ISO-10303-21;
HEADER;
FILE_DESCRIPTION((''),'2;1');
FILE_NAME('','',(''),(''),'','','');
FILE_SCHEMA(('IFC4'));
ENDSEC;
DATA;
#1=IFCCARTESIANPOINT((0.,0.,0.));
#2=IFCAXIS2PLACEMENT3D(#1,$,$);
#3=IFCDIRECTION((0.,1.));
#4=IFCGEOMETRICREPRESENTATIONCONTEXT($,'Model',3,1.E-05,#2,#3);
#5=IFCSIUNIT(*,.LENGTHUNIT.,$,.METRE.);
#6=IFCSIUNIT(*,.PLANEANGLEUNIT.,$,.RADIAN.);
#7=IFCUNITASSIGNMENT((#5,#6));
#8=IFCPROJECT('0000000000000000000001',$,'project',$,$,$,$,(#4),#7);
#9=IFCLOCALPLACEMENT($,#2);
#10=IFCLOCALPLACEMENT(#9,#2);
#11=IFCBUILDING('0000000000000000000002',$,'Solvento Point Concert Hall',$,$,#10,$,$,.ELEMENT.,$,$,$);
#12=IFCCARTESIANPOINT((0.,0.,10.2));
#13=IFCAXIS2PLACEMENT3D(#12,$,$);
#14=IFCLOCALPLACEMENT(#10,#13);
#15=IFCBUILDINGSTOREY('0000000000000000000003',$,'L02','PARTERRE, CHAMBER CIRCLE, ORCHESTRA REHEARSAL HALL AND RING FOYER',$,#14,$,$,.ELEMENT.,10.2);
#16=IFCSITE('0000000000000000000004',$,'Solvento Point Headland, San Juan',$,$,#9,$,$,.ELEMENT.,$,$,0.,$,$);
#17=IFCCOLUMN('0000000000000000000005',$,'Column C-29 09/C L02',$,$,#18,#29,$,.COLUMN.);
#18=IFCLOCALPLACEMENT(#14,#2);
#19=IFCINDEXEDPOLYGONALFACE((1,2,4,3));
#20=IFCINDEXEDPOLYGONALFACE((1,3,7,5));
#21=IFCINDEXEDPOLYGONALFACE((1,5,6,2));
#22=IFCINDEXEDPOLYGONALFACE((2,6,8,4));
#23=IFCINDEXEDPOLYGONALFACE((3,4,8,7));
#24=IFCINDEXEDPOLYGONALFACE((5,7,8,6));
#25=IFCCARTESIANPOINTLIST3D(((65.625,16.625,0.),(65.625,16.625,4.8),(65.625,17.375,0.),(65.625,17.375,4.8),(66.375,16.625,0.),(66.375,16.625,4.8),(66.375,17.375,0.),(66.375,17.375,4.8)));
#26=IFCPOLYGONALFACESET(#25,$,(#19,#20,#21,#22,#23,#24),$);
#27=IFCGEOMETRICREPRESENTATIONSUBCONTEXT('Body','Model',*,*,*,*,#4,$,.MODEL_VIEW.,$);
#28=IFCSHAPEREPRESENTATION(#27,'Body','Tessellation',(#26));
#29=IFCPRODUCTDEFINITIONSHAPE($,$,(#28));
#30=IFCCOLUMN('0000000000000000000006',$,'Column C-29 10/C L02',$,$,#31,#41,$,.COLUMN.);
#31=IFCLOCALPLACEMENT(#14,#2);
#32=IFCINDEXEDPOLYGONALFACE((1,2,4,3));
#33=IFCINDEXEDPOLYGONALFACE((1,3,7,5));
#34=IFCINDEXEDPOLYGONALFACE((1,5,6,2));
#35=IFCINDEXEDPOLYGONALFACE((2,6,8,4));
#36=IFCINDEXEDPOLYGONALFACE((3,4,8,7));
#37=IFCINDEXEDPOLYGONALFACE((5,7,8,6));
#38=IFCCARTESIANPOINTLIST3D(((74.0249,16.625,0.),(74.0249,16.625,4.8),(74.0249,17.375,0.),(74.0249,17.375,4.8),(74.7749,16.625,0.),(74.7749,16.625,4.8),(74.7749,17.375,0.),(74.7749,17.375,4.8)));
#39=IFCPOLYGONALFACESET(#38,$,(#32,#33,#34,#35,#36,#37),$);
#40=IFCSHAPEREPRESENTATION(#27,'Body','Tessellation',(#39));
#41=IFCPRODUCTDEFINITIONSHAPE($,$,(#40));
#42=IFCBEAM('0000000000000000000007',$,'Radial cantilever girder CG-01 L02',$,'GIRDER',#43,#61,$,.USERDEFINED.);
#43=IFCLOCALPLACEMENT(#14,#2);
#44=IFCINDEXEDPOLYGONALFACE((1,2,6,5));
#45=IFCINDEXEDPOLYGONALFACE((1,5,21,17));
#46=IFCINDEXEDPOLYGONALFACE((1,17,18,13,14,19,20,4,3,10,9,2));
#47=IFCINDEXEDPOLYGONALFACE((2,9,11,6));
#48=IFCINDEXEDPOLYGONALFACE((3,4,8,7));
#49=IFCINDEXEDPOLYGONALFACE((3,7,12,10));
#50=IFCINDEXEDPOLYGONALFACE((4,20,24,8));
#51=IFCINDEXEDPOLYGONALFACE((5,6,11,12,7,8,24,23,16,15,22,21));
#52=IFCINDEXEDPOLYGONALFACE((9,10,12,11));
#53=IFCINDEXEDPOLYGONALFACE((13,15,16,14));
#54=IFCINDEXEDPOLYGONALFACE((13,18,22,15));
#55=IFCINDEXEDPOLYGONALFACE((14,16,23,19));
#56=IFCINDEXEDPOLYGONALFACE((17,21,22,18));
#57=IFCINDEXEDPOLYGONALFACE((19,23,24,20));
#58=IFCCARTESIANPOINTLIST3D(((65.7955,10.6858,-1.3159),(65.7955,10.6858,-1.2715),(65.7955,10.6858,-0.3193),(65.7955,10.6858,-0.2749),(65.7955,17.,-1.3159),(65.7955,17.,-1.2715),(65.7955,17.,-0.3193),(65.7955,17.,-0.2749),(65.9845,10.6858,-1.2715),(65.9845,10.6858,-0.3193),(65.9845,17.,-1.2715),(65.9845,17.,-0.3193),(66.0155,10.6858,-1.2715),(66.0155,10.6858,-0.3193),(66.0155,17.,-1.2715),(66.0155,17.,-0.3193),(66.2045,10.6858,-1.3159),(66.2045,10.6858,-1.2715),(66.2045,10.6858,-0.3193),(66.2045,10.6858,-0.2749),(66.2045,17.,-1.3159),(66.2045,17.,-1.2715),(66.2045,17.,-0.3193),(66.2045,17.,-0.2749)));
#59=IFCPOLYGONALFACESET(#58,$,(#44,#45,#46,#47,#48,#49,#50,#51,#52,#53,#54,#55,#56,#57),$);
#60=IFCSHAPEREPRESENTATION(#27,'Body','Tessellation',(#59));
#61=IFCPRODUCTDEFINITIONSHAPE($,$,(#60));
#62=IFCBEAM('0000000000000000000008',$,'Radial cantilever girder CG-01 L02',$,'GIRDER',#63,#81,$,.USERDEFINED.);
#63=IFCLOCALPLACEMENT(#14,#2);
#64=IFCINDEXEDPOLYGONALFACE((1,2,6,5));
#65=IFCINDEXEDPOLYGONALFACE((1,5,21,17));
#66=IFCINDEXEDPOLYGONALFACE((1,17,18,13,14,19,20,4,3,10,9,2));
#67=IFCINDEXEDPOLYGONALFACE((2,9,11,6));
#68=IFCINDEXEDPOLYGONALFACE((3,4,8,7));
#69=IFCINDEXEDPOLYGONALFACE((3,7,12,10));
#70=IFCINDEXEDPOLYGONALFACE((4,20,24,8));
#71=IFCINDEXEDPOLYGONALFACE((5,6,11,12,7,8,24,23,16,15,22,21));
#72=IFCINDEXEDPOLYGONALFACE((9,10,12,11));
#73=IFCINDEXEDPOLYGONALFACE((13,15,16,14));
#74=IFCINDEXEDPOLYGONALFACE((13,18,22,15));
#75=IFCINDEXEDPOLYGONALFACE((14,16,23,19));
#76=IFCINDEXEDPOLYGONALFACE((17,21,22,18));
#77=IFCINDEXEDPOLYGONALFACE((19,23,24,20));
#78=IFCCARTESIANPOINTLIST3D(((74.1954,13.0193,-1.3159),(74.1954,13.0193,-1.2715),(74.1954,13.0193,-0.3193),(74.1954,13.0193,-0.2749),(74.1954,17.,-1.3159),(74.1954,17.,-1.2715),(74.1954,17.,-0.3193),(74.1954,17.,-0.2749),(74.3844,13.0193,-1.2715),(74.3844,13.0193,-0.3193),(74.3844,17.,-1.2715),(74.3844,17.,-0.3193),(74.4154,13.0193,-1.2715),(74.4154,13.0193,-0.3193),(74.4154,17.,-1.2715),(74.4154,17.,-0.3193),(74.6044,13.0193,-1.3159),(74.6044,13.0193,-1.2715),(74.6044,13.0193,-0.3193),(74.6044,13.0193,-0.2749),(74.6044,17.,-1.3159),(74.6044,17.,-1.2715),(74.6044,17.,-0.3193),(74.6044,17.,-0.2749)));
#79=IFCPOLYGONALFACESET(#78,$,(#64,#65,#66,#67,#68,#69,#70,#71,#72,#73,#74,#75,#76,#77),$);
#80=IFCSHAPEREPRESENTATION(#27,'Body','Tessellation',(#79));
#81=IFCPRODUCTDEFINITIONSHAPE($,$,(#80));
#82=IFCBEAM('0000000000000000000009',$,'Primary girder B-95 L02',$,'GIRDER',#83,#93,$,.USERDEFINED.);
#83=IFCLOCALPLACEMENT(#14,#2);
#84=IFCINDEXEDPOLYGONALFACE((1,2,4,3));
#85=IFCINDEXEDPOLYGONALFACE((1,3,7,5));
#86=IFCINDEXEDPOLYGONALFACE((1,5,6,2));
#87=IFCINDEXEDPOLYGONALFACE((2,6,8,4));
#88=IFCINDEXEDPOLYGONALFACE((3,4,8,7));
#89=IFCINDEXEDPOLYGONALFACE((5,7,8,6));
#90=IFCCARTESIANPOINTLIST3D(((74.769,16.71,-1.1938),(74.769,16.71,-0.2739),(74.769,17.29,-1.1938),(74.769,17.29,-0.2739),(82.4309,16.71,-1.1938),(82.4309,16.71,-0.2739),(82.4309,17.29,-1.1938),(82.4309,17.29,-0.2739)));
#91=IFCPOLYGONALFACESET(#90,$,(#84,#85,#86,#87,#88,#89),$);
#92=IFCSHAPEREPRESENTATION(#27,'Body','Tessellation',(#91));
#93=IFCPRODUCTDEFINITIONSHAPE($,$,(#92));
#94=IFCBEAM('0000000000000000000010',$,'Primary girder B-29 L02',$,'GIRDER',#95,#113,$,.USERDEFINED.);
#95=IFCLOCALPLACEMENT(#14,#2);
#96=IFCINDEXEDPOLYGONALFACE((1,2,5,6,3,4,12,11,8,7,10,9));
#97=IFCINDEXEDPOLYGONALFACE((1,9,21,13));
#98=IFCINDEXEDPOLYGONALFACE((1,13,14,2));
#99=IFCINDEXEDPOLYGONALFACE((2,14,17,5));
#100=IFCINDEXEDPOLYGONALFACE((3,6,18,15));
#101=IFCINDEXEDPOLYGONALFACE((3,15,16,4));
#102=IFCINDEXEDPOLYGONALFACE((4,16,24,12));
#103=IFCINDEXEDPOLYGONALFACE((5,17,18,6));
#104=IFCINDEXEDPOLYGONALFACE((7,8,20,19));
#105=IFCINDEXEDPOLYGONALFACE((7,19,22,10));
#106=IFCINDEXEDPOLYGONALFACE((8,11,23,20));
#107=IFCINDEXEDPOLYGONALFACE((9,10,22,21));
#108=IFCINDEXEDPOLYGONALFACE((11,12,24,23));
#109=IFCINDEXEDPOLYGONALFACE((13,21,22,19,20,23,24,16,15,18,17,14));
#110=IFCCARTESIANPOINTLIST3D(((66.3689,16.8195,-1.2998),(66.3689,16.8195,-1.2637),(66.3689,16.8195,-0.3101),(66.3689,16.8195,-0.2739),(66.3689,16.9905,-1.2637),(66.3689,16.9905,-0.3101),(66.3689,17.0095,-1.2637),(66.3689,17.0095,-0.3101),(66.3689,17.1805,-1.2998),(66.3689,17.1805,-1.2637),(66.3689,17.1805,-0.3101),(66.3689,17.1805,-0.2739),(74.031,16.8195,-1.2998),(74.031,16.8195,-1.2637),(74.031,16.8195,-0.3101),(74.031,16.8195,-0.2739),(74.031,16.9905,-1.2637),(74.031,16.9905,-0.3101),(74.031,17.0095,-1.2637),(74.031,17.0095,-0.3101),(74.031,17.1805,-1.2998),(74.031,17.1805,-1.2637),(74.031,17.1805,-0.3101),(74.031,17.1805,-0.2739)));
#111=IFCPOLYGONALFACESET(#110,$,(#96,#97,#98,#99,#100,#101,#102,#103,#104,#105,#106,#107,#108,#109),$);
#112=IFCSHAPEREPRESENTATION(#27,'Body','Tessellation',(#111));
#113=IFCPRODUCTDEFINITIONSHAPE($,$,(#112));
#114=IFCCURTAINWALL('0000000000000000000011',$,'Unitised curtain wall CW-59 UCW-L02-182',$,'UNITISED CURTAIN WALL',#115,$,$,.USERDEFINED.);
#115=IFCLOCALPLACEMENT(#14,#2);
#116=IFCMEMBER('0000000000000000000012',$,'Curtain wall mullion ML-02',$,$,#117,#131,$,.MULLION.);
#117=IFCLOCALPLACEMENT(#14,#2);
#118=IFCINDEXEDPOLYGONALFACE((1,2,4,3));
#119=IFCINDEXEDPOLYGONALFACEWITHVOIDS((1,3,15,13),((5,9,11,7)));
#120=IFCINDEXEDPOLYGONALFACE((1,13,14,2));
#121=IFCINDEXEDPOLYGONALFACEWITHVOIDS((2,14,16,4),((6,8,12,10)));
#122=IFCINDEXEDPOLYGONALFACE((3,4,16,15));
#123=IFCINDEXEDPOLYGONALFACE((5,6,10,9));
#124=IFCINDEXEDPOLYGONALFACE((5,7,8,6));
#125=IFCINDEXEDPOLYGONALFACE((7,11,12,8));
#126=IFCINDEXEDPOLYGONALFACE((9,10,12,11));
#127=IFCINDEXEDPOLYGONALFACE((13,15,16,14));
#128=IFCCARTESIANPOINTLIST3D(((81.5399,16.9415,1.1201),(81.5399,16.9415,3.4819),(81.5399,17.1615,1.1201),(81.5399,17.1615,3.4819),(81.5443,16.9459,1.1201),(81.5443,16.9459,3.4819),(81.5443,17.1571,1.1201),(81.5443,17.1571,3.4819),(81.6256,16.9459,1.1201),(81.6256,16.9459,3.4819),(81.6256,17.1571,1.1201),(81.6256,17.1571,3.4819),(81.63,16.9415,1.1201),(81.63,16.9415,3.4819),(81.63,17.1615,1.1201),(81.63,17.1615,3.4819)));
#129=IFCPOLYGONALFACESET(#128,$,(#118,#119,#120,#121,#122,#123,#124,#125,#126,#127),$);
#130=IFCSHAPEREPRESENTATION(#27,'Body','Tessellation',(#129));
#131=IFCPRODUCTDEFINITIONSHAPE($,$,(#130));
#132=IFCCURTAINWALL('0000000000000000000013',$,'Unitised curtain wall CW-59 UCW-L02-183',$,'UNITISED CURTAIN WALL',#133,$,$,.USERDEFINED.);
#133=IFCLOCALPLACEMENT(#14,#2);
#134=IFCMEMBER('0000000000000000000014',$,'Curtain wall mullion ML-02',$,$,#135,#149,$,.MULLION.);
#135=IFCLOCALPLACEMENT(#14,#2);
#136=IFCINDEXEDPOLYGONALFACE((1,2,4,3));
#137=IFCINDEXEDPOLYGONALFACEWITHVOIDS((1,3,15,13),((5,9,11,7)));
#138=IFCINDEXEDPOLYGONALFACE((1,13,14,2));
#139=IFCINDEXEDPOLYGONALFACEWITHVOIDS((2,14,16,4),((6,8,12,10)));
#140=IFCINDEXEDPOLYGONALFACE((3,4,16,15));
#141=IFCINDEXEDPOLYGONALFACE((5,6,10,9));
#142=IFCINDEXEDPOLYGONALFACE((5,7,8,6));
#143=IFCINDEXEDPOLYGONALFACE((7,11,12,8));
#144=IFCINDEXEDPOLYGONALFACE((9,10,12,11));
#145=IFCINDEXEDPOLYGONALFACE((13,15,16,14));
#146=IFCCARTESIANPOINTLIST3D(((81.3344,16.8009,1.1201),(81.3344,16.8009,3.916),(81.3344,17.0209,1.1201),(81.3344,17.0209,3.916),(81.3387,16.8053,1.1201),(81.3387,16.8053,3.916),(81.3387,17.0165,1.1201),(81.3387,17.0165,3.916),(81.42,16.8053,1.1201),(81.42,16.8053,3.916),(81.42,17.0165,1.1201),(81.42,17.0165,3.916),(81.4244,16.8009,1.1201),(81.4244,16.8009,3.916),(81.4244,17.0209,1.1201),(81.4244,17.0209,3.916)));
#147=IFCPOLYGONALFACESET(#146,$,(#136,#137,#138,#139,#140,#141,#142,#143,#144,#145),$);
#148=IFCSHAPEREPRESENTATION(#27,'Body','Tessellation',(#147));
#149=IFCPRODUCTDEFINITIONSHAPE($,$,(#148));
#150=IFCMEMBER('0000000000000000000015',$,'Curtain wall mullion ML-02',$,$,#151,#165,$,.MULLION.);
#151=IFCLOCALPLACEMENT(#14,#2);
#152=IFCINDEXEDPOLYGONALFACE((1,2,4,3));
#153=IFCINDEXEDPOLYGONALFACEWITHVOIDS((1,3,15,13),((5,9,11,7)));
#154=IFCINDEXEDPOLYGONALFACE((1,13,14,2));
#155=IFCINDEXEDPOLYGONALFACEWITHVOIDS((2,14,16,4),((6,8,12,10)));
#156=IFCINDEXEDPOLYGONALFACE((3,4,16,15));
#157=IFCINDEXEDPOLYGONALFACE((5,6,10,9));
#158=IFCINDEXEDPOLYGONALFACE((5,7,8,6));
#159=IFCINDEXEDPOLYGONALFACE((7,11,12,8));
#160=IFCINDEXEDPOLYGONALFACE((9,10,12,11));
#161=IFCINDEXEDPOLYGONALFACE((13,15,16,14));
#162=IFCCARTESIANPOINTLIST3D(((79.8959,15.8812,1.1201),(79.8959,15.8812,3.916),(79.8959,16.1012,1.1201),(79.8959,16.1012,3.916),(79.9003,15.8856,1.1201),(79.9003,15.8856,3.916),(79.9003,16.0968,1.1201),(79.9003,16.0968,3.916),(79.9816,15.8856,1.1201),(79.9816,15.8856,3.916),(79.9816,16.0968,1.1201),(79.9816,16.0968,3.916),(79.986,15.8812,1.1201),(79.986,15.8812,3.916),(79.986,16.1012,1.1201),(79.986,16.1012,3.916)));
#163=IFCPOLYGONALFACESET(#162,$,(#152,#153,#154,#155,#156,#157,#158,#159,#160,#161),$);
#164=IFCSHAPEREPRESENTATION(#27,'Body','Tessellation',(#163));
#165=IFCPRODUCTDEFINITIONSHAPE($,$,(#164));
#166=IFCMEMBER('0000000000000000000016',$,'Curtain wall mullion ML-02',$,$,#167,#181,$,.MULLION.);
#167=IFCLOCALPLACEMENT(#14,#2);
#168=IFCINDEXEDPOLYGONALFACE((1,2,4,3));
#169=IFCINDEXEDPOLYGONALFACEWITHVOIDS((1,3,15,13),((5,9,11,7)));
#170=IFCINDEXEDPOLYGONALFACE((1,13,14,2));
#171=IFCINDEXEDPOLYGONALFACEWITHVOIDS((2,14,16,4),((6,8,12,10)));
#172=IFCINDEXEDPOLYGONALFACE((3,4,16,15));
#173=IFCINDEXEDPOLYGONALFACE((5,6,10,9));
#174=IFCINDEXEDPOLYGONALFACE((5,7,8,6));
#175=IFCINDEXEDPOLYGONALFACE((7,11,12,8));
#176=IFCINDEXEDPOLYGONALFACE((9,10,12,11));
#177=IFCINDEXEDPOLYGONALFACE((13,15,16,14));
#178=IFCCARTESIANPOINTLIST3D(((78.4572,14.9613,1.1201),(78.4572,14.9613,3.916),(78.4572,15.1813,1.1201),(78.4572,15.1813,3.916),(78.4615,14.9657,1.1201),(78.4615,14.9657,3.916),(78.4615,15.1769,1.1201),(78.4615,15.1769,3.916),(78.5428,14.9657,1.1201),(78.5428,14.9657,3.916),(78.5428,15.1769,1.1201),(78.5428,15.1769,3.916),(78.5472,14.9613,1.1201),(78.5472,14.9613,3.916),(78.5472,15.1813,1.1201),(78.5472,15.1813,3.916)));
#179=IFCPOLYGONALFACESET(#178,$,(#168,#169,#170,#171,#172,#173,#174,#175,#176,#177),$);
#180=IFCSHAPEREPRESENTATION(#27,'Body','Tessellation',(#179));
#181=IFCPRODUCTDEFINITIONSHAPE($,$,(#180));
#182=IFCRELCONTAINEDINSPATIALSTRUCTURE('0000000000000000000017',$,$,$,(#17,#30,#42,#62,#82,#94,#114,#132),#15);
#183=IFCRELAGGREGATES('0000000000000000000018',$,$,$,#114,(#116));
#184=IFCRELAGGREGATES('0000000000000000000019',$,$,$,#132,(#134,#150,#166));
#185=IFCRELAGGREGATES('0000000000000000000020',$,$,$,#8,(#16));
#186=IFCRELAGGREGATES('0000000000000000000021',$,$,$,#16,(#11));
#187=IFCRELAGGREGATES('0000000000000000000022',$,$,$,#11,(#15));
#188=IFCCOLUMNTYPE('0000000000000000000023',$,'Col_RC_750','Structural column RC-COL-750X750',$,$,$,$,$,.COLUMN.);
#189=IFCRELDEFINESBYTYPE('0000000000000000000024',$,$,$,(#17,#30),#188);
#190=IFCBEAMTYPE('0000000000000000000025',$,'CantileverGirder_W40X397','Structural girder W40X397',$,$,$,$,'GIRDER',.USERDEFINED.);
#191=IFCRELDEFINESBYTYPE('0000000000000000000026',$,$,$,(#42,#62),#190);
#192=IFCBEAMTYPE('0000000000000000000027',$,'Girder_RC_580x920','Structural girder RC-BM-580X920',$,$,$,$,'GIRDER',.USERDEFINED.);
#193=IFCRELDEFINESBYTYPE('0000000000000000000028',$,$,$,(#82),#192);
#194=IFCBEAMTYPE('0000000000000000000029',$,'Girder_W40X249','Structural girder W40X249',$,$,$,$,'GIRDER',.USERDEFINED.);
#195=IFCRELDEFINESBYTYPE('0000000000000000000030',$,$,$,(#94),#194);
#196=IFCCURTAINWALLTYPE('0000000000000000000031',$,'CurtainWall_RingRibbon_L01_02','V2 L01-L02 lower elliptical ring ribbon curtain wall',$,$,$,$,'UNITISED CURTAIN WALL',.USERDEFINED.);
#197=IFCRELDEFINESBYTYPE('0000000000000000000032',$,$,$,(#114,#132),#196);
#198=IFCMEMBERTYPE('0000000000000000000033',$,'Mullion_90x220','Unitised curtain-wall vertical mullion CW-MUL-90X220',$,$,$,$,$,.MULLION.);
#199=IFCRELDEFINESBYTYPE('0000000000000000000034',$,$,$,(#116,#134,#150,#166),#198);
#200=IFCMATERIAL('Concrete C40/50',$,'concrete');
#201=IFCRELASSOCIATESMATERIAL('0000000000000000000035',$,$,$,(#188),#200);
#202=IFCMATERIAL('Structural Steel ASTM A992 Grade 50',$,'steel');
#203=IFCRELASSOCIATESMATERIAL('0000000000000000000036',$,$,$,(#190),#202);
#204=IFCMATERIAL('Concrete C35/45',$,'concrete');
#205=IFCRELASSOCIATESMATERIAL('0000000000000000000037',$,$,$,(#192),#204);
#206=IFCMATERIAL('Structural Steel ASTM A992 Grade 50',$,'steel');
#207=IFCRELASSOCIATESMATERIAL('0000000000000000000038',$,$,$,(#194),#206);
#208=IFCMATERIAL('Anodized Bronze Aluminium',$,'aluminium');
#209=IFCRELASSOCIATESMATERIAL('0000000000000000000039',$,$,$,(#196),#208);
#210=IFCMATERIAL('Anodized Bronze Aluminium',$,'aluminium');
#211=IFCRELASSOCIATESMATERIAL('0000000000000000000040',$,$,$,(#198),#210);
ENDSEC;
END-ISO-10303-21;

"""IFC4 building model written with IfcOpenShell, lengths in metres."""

from ifc_helpers import new_model, si_unit, direction, frame, origin, origin_2d, place, context, subcontext, project, spatial, rectangle, hollow_rectangle, i_section, extrude, material, material_profile, profile_set, type_object, element, aggregate, save


model = new_model("IFC4")

# Units and contexts
model_context = context("Model", 3, precision=1e-05, world=origin(), true_north=direction((0.0, 1.0)))
body_context = subcontext(model_context, "Body", "Model", "MODEL_VIEW")
ifc_project = project(units=[si_unit("LENGTHUNIT", "METRE"), si_unit("PLANEANGLEUNIT", "RADIAN")], contexts=[model_context])

# Site, building, storey
site_placement = place(None, origin())
site = spatial("IfcSite", under=ifc_project, at=site_placement, Name="Solvento Point Headland, San Juan", CompositionType="ELEMENT", RefElevation=0.0)
building_placement = place(site_placement, origin())
building = spatial("IfcBuilding", under=site, at=building_placement, Name="Solvento Point Concert Hall", CompositionType="ELEMENT")
storey_placement = place(building_placement, frame((0.0, 0.0, 10.2)))
storey = spatial("IfcBuildingStorey", under=building, at=storey_placement, Name="L02", Description="PARTERRE, CHAMBER CIRCLE, ORCHESTRA REHEARSAL HALL AND RING FOYER", CompositionType="ELEMENT", Elevation=10.2)

# Columns
ifc_material_1 = material(Name="Concrete C40/50", Category="concrete")
ifc_material_profile_1 = material_profile(ifc_material_1, rectangle(XDim=0.75, YDim=0.75, at=origin_2d()), Name="RC-COL-750X750")
ifc_profile_set_1 = profile_set([ifc_material_profile_1], Name="Concrete C40/50")
column_type = type_object("IfcColumnType", Name="Col_RC_750", Description="Structural column RC-COL-750X750", PredefinedType="COLUMN", material=ifc_profile_set_1)
for number, where, z_axis, x_axis, name in (
    (1, (66.0, 17.0, 0.0), (0.0, 0.0, 1.0), (1.0, 0.0, 0.0), "Column C-29 09/C L02"),
    (2, (74.3999, 17.0, 0.0), (0.0, 0.0, 1.0), (1.0, 0.0, 0.0), "Column C-29 10/C L02"),
):
    element("IfcColumn", number, at=place(storey_placement, frame(where, z_axis=z_axis, x_axis=x_axis)), inside=storey, type_object=column_type, Name=name, PredefinedType="COLUMN", context=body_context, shape_type="SweptSolid", body=[
        extrude(rectangle(XDim=0.75, YDim=0.75, at=origin_2d()), origin(), (0.0, 0.0, 1.0), 4.8),
    ])

# Beams
ifc_material_2 = material(Name="Structural Steel ASTM A992 Grade 50", Category="steel")
ifc_material_profile_2 = material_profile(ifc_material_2, i_section(OverallWidth=0.4089, OverallDepth=1.041, WebThickness=0.031, FlangeThickness=0.0444, at=origin_2d()), Name="W40X397")
ifc_profile_set_2 = profile_set([ifc_material_profile_2], Name="Structural Steel ASTM A992 Grade 50")
beam_type_1 = type_object("IfcBeamType", Name="CantileverGirder_W40X397", Description="Structural girder W40X397", ElementType="GIRDER", PredefinedType="USERDEFINED", material=ifc_profile_set_2)
beam_1_placement = place(storey_placement, frame((66.0, 17.0, -0.7954), z_axis=(0.0, -1.0, 0.0), x_axis=(1.0, 0.0, 0.0)))
element("IfcBeam", 3, at=beam_1_placement, inside=storey, type_object=beam_type_1, Name="Radial cantilever girder CG-01 L02", ObjectType="GIRDER", PredefinedType="USERDEFINED", context=body_context, shape_type="SweptSolid", body=[
    extrude(i_section(OverallWidth=0.4089, OverallDepth=1.041, WebThickness=0.031, FlangeThickness=0.0444, at=origin_2d()), origin(), (0.0, 0.0, 1.0), 6.3142),
])
beam_2_placement = place(storey_placement, frame((74.3999, 17.0, -0.7954), z_axis=(0.0, -1.0, 0.0), x_axis=(1.0, 0.0, 0.0)))
element("IfcBeam", 4, at=beam_2_placement, inside=storey, type_object=beam_type_1, Name="Radial cantilever girder CG-01 L02", ObjectType="GIRDER", PredefinedType="USERDEFINED", context=body_context, shape_type="SweptSolid", body=[
    extrude(i_section(OverallWidth=0.4089, OverallDepth=1.041, WebThickness=0.031, FlangeThickness=0.0444, at=origin_2d()), origin(), (0.0, 0.0, 1.0), 3.9807),
])
ifc_material_3 = material(Name="Concrete C35/45", Category="concrete")
ifc_material_profile_3 = material_profile(ifc_material_3, rectangle(XDim=0.5801, YDim=0.9199, at=origin_2d()), Name="RC-BM-580X920")
ifc_profile_set_3 = profile_set([ifc_material_profile_3], Name="Concrete C35/45")
beam_type_2 = type_object("IfcBeamType", Name="Girder_RC_580x920", Description="Structural girder RC-BM-580X920", ElementType="GIRDER", PredefinedType="USERDEFINED", material=ifc_profile_set_3)
beam_3_placement = place(storey_placement, frame((74.769, 17.0, -0.7339), z_axis=(1.0, 0.0, 0.0), x_axis=(0.0, 1.0, 0.0)))
element("IfcBeam", 5, at=beam_3_placement, inside=storey, type_object=beam_type_2, Name="Primary girder B-95 L02", ObjectType="GIRDER", PredefinedType="USERDEFINED", context=body_context, shape_type="SweptSolid", body=[
    extrude(rectangle(XDim=0.5801, YDim=0.9199, at=origin_2d()), origin(), (0.0, 0.0, 1.0), 7.6619),
])
ifc_material_4 = material(Name="Structural Steel ASTM A992 Grade 50", Category="steel")
ifc_material_profile_4 = material_profile(ifc_material_4, i_section(OverallWidth=0.3611, OverallDepth=1.0259, WebThickness=0.019, FlangeThickness=0.0361, at=origin_2d()), Name="W40X249")
ifc_profile_set_4 = profile_set([ifc_material_profile_4], Name="Structural Steel ASTM A992 Grade 50")
beam_type_3 = type_object("IfcBeamType", Name="Girder_W40X249", Description="Structural girder W40X249", ElementType="GIRDER", PredefinedType="USERDEFINED", material=ifc_profile_set_4)
beam_4_placement = place(storey_placement, frame((66.3689, 17.0, -0.7869), z_axis=(1.0, 0.0, 0.0), x_axis=(0.0, 1.0, 0.0)))
element("IfcBeam", 6, at=beam_4_placement, inside=storey, type_object=beam_type_3, Name="Primary girder B-29 L02", ObjectType="GIRDER", PredefinedType="USERDEFINED", context=body_context, shape_type="SweptSolid", body=[
    extrude(i_section(OverallWidth=0.3611, OverallDepth=1.0259, WebThickness=0.019, FlangeThickness=0.0361, at=origin_2d()), origin(), (0.0, 0.0, 1.0), 7.6621),
])

# Curtain wall, member
ifc_material_5 = material(Name="Anodized Bronze Aluminium", Category="aluminium")
curtain_wall_type = type_object("IfcCurtainWallType", Name="CurtainWall_RingRibbon_L01_02", Description="V2 L01-L02 lower elliptical ring ribbon curtain wall", ElementType="UNITISED CURTAIN WALL", PredefinedType="USERDEFINED", material=ifc_material_5)
curtain_wall_1_placement = place(storey_placement, origin())
curtain_wall_1 = element("IfcCurtainWall", 7, at=curtain_wall_1_placement, inside=storey, type_object=curtain_wall_type, Name="Unitised curtain wall CW-59 UCW-L02-182", ObjectType="UNITISED CURTAIN WALL", PredefinedType="USERDEFINED")
ifc_material_6 = material(Name="Anodized Bronze Aluminium", Category="aluminium")
ifc_material_profile_5 = material_profile(ifc_material_6, hollow_rectangle(XDim=0.0901, YDim=0.22, WallThickness=0.0044, at=origin_2d()), Name="CW-MUL-90X220")
ifc_profile_set_5 = profile_set([ifc_material_profile_5], Name="Anodized Bronze Aluminium")
member_type_1 = type_object("IfcMemberType", Name="Mullion_90x220", Description="Unitised curtain-wall vertical mullion CW-MUL-90X220", PredefinedType="MULLION", material=ifc_profile_set_5)
member_1_placement = place(storey_placement, frame((81.585, 17.0515, 1.1201), z_axis=(0.0, 0.0, 1.0), x_axis=(1.0, 0.0, 0.0)))
member_1 = element("IfcMember", 8, at=member_1_placement, type_object=member_type_1, Name="Curtain wall mullion ML-02", PredefinedType="MULLION", context=body_context, shape_type="SweptSolid", body=[
    extrude(hollow_rectangle(XDim=0.0901, YDim=0.22, WallThickness=0.0044, at=origin_2d()), origin(), (0.0, 0.0, 1.0), 2.3618),
])
aggregate(curtain_wall_1, [member_1])

# Curtain wall, members
curtain_wall_2_placement = place(storey_placement, origin())
curtain_wall_2 = element("IfcCurtainWall", 9, at=curtain_wall_2_placement, inside=storey, type_object=curtain_wall_type, Name="Unitised curtain wall CW-59 UCW-L02-183", ObjectType="UNITISED CURTAIN WALL", PredefinedType="USERDEFINED")
member_2_placement = place(storey_placement, frame((81.3794, 16.9109, 1.1201), z_axis=(0.0, 0.0, 1.0), x_axis=(1.0, 0.0, 0.0)))
member_2 = element("IfcMember", 10, at=member_2_placement, type_object=member_type_1, Name="Curtain wall mullion ML-02", PredefinedType="MULLION", context=body_context, shape_type="SweptSolid", body=[
    extrude(hollow_rectangle(XDim=0.0901, YDim=0.22, WallThickness=0.0044, at=origin_2d()), origin(), (0.0, 0.0, 1.0), 2.7959),
])
member_3_placement = place(storey_placement, frame((79.9409, 15.9912, 1.1201), z_axis=(0.0, 0.0, 1.0), x_axis=(1.0, 0.0, 0.0)))
member_3 = element("IfcMember", 11, at=member_3_placement, type_object=member_type_1, Name="Curtain wall mullion ML-02", PredefinedType="MULLION", context=body_context, shape_type="SweptSolid", body=[
    extrude(hollow_rectangle(XDim=0.0901, YDim=0.22, WallThickness=0.0044, at=origin_2d()), origin(), (0.0, 0.0, 1.0), 2.7959),
])
member_4_placement = place(storey_placement, frame((78.5022, 15.0713, 1.1201), z_axis=(0.0, 0.0, 1.0), x_axis=(1.0, 0.0, 0.0)))
member_4 = element("IfcMember", 12, at=member_4_placement, type_object=member_type_1, Name="Curtain wall mullion ML-02", PredefinedType="MULLION", context=body_context, shape_type="SweptSolid", body=[
    extrude(hollow_rectangle(XDim=0.0901, YDim=0.22, WallThickness=0.0044, at=origin_2d()), origin(), (0.0, 0.0, 1.0), 2.7959),
])
aggregate(curtain_wall_2, [member_2, member_3, member_4])

save(model, "model.ifc")
